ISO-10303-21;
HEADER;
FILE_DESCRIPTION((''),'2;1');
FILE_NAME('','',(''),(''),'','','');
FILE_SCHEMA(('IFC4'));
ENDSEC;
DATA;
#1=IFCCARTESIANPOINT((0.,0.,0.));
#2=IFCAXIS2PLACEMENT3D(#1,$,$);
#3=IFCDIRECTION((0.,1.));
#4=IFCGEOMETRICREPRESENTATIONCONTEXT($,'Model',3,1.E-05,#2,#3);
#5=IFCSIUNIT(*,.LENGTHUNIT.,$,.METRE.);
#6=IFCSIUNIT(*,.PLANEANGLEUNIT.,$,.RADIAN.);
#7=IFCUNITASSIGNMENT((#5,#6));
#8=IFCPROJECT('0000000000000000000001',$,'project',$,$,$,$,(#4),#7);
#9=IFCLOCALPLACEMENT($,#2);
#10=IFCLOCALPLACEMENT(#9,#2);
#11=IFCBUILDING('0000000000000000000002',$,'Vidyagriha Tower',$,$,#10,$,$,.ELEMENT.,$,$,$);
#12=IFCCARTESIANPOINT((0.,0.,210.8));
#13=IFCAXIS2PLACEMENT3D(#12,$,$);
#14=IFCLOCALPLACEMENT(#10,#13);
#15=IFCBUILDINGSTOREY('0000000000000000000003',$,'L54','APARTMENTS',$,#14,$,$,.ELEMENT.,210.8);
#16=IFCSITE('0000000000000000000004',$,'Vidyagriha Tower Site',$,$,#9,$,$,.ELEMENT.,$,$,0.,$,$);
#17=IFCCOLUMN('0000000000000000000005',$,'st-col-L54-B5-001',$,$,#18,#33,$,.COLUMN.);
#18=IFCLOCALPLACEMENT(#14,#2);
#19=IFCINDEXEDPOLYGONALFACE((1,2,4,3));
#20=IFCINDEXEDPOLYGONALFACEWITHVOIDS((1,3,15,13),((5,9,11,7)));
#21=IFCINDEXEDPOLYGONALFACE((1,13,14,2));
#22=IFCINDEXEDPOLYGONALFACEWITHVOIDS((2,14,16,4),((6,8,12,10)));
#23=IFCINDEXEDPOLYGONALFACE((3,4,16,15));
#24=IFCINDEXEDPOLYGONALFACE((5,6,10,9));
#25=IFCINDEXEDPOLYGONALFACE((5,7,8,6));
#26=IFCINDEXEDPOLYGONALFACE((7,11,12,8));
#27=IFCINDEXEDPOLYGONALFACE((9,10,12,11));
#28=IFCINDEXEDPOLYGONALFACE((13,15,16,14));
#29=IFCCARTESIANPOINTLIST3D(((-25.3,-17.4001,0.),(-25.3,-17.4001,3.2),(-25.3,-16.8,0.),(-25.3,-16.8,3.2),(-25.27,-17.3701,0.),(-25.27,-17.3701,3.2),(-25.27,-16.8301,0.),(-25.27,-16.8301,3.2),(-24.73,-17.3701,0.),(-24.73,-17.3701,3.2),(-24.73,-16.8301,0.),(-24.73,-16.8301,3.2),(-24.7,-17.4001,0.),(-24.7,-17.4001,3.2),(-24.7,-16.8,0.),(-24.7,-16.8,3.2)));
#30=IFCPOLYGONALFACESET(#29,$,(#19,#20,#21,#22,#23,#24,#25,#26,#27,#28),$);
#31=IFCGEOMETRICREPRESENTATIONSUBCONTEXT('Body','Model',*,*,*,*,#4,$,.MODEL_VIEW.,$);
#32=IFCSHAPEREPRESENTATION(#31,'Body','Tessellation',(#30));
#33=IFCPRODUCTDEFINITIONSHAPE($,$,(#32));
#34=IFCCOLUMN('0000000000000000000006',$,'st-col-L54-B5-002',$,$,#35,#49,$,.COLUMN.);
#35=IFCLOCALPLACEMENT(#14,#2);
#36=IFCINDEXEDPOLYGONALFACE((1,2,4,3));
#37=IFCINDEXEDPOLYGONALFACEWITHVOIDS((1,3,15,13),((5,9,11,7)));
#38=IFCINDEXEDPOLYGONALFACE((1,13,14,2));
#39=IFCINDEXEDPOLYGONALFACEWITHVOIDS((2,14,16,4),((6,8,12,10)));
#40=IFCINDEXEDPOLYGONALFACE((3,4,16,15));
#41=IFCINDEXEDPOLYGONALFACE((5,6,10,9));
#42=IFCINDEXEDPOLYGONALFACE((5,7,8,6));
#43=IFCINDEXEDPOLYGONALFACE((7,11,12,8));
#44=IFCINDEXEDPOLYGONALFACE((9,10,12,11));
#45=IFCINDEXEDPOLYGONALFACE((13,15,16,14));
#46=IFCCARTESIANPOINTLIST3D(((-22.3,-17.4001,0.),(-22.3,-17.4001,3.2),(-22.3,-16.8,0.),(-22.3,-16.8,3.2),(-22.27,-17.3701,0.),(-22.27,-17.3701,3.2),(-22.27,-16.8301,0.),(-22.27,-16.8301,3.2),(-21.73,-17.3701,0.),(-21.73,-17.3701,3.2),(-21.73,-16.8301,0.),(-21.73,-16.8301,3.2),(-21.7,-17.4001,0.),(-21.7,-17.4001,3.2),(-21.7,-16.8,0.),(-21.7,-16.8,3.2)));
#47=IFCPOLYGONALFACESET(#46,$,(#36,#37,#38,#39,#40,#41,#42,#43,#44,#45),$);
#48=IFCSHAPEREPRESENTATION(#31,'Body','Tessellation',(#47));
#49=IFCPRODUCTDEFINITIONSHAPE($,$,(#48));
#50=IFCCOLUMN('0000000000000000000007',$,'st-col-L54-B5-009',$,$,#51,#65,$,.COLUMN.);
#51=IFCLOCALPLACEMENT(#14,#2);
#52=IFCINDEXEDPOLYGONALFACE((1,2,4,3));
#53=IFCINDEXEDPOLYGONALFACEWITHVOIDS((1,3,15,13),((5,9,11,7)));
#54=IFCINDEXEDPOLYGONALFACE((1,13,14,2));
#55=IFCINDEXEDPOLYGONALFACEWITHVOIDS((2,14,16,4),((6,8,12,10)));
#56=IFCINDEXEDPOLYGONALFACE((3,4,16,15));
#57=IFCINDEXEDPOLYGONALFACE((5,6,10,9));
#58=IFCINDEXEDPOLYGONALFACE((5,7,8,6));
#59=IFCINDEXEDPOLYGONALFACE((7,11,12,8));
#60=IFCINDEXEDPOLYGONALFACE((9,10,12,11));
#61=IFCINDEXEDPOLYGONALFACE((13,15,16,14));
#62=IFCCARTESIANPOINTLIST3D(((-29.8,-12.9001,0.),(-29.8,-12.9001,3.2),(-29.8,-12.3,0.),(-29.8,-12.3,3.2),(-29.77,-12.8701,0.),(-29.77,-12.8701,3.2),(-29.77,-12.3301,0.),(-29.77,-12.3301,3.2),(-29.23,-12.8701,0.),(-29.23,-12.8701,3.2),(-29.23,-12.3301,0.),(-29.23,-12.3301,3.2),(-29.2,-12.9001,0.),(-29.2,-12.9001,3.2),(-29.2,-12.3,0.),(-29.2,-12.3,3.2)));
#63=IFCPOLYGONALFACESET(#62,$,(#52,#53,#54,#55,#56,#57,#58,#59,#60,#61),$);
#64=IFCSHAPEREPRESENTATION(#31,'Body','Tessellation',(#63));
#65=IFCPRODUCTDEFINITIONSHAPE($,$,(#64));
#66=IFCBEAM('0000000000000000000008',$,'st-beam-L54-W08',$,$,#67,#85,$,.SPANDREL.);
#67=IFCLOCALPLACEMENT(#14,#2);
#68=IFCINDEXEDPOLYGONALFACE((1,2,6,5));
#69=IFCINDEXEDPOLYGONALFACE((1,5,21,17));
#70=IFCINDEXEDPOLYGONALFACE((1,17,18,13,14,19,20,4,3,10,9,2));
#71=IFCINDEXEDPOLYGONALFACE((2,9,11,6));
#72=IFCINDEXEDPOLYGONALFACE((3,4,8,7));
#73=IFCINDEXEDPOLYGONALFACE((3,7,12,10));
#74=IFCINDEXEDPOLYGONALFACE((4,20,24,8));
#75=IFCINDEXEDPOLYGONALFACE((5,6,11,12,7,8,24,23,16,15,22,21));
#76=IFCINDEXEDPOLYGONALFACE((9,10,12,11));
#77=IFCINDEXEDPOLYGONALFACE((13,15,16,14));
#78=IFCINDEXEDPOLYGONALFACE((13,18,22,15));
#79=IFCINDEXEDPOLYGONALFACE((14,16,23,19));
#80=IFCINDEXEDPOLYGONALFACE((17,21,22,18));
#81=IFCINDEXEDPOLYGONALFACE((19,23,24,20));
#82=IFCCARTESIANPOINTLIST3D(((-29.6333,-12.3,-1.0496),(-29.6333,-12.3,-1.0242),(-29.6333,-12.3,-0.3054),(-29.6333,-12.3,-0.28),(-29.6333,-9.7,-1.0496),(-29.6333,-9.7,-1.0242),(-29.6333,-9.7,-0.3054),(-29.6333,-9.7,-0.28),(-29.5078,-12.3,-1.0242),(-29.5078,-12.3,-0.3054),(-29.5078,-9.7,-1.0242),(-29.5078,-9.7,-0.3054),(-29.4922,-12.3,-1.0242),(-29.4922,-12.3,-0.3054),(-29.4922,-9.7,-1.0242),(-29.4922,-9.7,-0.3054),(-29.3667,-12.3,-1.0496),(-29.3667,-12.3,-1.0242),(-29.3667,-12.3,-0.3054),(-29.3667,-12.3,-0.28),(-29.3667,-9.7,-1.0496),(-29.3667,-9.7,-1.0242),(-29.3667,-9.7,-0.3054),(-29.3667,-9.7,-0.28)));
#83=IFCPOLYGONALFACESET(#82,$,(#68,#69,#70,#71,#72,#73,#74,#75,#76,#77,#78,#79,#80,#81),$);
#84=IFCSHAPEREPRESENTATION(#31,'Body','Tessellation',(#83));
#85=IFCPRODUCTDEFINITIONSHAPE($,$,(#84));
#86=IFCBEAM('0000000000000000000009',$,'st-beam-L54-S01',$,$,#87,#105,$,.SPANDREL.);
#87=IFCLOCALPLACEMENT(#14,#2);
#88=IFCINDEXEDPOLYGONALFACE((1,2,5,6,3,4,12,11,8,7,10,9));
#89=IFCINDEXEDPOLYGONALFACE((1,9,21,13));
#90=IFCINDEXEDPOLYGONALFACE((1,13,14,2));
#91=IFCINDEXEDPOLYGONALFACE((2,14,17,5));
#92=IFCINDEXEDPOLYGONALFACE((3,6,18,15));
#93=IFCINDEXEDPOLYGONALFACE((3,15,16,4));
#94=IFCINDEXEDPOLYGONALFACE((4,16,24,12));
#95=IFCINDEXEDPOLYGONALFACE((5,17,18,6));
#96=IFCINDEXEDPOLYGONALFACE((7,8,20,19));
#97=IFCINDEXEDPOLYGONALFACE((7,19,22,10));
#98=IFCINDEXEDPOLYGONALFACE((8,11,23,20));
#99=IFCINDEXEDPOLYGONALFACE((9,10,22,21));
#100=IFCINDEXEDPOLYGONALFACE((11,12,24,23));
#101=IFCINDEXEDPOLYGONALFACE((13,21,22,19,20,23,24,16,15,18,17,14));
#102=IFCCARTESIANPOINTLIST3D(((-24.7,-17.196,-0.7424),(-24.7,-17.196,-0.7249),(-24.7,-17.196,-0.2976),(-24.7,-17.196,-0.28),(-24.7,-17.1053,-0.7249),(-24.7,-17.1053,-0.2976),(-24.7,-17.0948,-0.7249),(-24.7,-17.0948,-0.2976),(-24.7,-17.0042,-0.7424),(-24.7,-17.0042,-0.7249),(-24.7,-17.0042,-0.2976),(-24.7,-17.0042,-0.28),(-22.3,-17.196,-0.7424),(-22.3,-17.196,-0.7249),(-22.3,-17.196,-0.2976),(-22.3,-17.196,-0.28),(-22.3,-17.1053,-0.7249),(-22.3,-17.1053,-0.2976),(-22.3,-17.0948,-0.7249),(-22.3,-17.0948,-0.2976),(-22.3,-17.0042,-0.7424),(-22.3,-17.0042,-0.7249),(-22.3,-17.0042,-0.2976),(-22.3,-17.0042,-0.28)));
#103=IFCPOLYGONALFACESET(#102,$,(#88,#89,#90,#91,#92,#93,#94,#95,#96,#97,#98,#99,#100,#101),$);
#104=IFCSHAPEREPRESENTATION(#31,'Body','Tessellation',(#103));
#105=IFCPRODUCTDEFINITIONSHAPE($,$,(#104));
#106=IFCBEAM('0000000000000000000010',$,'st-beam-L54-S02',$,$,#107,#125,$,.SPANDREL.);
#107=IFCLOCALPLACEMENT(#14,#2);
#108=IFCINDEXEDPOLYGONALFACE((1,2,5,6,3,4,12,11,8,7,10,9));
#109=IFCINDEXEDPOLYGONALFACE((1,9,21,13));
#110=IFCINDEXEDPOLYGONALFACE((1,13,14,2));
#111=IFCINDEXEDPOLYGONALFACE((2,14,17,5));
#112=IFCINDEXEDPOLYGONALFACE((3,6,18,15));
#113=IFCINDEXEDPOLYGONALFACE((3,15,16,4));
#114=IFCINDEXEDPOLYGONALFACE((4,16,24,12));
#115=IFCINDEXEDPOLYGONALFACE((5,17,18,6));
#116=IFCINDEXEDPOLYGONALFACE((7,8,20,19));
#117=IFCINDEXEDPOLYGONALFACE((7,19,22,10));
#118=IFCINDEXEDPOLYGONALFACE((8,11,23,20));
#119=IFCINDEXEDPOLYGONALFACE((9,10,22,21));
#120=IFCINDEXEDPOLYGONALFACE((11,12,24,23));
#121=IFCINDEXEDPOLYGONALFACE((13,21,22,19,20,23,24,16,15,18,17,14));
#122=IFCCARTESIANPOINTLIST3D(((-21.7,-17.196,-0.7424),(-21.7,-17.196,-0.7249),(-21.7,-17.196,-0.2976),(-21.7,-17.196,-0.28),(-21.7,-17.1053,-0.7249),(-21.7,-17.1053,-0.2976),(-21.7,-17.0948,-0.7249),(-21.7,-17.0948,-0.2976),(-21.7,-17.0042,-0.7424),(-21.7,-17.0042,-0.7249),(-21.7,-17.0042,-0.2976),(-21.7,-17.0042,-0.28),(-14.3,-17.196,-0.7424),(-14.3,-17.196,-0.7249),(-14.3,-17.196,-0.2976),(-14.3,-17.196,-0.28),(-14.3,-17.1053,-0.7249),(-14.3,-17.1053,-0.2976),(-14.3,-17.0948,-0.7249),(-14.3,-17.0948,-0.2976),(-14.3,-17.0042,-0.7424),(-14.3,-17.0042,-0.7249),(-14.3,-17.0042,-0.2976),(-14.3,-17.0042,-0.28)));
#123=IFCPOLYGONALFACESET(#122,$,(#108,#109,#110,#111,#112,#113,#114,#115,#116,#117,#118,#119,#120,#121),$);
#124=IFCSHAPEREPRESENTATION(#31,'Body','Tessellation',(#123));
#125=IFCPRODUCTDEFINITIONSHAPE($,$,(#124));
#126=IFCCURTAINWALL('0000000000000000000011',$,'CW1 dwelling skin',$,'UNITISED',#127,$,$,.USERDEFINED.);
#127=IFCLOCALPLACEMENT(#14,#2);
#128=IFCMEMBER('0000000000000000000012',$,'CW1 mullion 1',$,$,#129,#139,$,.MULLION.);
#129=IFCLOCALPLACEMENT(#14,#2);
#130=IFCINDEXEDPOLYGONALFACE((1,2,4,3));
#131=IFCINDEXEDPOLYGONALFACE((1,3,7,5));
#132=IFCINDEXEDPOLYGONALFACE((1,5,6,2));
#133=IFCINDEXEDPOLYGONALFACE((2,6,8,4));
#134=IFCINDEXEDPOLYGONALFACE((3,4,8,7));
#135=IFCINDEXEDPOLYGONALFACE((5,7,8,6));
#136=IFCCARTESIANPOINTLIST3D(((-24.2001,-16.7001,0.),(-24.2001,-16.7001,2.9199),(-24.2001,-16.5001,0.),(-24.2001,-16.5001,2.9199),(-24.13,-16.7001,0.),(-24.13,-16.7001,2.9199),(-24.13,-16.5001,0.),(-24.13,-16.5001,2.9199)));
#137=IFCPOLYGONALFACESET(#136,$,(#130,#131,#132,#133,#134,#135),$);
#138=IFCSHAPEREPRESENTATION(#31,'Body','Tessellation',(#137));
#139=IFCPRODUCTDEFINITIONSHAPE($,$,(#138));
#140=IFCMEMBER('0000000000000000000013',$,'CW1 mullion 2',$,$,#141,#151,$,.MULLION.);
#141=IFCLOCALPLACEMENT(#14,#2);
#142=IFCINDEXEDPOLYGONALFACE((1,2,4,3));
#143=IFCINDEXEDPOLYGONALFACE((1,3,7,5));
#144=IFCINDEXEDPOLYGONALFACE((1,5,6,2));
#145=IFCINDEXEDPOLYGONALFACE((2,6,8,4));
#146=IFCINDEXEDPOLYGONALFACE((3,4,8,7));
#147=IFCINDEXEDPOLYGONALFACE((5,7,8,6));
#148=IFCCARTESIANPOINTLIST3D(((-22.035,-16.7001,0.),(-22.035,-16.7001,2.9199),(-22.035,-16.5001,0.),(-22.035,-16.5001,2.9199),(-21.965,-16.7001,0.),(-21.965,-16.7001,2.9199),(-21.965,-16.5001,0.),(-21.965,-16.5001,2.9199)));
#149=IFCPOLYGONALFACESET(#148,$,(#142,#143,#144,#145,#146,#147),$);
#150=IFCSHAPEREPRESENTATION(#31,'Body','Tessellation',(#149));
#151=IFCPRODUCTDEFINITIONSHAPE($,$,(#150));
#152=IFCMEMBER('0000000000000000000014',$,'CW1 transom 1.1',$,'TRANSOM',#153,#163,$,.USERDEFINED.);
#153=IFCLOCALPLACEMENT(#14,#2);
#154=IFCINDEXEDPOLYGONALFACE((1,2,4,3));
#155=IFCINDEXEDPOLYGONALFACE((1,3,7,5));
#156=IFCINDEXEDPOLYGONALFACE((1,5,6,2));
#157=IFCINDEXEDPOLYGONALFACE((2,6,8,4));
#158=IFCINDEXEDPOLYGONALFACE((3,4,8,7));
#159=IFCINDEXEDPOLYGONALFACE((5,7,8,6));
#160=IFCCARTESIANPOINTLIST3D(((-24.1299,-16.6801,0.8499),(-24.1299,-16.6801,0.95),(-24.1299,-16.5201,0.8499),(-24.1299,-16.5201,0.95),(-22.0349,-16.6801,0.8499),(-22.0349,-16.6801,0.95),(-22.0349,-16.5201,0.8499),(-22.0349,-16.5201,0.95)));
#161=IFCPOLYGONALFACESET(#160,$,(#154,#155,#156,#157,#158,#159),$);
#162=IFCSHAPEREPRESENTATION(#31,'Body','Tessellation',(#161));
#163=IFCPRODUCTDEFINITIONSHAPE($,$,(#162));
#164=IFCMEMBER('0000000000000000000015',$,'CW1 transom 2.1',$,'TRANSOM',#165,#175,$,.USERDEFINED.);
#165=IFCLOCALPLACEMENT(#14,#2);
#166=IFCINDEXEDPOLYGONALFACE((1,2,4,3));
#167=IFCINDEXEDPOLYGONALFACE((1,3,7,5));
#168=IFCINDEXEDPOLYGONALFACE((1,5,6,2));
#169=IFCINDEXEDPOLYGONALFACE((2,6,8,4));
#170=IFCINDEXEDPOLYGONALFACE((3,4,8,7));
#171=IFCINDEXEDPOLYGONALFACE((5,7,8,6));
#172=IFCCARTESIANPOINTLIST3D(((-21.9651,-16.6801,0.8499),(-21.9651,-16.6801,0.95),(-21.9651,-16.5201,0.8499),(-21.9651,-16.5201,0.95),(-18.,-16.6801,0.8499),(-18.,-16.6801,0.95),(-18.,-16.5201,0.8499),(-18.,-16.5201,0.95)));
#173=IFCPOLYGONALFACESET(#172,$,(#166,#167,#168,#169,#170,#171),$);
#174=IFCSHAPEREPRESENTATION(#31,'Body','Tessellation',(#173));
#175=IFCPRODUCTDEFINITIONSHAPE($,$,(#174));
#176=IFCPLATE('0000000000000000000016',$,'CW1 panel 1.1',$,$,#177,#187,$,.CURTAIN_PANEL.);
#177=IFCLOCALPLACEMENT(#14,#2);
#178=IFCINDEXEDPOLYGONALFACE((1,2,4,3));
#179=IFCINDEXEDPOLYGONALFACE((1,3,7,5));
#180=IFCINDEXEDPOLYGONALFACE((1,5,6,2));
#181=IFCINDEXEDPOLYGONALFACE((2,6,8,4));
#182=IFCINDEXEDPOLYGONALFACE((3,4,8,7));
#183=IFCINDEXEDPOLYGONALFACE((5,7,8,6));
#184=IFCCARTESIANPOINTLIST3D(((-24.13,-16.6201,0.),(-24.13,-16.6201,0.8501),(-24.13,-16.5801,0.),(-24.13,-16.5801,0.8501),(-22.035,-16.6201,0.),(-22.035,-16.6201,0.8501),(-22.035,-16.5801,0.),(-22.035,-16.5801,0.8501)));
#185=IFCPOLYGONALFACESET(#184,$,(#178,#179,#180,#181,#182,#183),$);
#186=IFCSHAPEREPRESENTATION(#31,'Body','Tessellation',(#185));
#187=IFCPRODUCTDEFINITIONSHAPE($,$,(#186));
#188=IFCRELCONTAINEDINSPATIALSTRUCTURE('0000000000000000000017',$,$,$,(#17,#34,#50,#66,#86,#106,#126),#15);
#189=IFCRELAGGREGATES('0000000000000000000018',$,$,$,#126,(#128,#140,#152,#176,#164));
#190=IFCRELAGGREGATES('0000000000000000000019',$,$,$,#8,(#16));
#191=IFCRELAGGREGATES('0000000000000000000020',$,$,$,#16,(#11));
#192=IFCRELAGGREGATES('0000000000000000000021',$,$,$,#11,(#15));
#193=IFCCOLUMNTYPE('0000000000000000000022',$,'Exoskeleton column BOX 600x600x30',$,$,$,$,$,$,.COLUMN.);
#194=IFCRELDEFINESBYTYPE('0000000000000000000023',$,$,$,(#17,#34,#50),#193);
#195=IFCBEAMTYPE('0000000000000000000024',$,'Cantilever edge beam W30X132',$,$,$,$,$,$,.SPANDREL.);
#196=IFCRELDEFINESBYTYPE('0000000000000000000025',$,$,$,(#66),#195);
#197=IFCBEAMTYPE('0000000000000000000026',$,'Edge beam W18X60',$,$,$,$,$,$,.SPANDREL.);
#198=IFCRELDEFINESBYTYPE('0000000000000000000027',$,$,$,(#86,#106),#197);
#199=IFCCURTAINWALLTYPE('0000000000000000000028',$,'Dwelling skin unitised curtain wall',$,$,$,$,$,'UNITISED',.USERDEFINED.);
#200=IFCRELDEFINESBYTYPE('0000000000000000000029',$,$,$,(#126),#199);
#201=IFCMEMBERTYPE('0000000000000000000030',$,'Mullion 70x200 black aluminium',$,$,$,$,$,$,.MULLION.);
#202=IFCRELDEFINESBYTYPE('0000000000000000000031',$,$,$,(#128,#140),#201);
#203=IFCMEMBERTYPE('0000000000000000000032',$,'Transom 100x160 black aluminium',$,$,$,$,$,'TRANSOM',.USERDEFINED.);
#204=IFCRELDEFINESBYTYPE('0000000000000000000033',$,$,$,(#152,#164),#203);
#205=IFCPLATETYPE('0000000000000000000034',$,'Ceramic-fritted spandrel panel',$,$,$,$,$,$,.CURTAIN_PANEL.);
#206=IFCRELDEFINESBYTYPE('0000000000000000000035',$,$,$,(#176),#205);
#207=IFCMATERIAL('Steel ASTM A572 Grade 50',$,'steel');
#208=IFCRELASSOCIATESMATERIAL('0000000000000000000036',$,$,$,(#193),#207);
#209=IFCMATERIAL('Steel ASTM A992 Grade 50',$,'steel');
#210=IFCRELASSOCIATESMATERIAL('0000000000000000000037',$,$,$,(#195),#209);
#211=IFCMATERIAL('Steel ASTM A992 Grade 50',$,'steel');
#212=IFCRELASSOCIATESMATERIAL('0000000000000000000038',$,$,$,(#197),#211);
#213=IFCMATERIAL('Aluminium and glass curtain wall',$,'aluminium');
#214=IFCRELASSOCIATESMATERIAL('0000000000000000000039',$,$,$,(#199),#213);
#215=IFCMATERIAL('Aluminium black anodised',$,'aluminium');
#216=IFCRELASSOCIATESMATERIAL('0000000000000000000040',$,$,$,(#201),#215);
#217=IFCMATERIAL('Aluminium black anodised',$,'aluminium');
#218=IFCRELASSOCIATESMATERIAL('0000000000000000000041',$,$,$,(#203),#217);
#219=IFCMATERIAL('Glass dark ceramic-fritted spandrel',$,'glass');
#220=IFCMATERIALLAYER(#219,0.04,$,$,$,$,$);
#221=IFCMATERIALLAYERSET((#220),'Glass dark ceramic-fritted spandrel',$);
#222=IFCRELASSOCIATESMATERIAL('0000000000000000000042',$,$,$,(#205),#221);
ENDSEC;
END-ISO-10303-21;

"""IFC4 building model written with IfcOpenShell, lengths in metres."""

from ifc_helpers import new_model, si_unit, direction, frame, origin, origin_2d, place, context, subcontext, project, spatial, rectangle, hollow_rectangle, i_section, extrude, material, layer, layer_set, material_profile, profile_set, type_object, element, aggregate, save


model = new_model("IFC4")

# Units and contexts
model_context = context("Model", 3, precision=1e-05, world=origin(), true_north=direction((0.0, 1.0)))
body_context = subcontext(model_context, "Body", "Model", "MODEL_VIEW")
ifc_project = project(units=[si_unit("LENGTHUNIT", "METRE"), si_unit("PLANEANGLEUNIT", "RADIAN")], contexts=[model_context])

# Site, building, storey
site_placement = place(None, origin())
site = spatial("IfcSite", under=ifc_project, at=site_placement, Name="Vidyagriha Tower Site", CompositionType="ELEMENT", RefElevation=0.0)
building_placement = place(site_placement, origin())
building = spatial("IfcBuilding", under=site, at=building_placement, Name="Vidyagriha Tower", CompositionType="ELEMENT")
storey_placement = place(building_placement, frame((0.0, 0.0, 210.8)))
storey = spatial("IfcBuildingStorey", under=building, at=storey_placement, Name="L54", Description="APARTMENTS", CompositionType="ELEMENT", Elevation=210.8)

# Columns
ifc_material_1 = material(Name="Steel ASTM A572 Grade 50", Category="steel")
ifc_material_profile_1 = material_profile(ifc_material_1, hollow_rectangle(XDim=0.6001, YDim=0.6001, WallThickness=0.03, at=origin_2d()), Name="BOX 600x600x30")
ifc_profile_set_1 = profile_set([ifc_material_profile_1], Name="Steel ASTM A572 Grade 50")
column_type = type_object("IfcColumnType", Name="Exoskeleton column BOX 600x600x30", PredefinedType="COLUMN", material=ifc_profile_set_1)
for number, where, name in (
    (1, (-25.0, -17.1001, 0.0), "st-col-L54-B5-001"),
    (2, (-22.0, -17.1001, 0.0), "st-col-L54-B5-002"),
    (3, (-29.5, -12.6001, 0.0), "st-col-L54-B5-009"),
):
    element("IfcColumn", number, at=place(storey_placement, frame(where)), inside=storey, type_object=column_type, Name=name, PredefinedType="COLUMN", context=body_context, shape_type="SweptSolid", body=[
        extrude(hollow_rectangle(XDim=0.6001, YDim=0.6001, WallThickness=0.03, at=origin_2d()), origin(), (0.0, 0.0, 1.0), 3.2),
    ])

# Beams
ifc_material_2 = material(Name="Steel ASTM A992 Grade 50", Category="steel")
ifc_material_profile_2 = material_profile(ifc_material_2, i_section(OverallWidth=0.2666, OverallDepth=0.7695, WebThickness=0.0156, FlangeThickness=0.0254, at=origin_2d()), Name="W30X132")
ifc_profile_set_2 = profile_set([ifc_material_profile_2], Name="Steel ASTM A992 Grade 50")
beam_type_1 = type_object("IfcBeamType", Name="Cantilever edge beam W30X132", PredefinedType="SPANDREL", material=ifc_profile_set_2)
beam_1_placement = place(storey_placement, frame((-29.5, -12.3, -0.6648), z_axis=(0.0, 1.0, 0.0), x_axis=(-1.0, 0.0, 0.0)))
element("IfcBeam", 4, at=beam_1_placement, inside=storey, type_object=beam_type_1, Name="st-beam-L54-W08", PredefinedType="SPANDREL", context=body_context, shape_type="SweptSolid", body=[
    extrude(i_section(OverallWidth=0.2666, OverallDepth=0.7695, WebThickness=0.0156, FlangeThickness=0.0254, at=origin_2d()), origin(), (0.0, 0.0, 1.0), 2.6001),
])
ifc_material_3 = material(Name="Steel ASTM A992 Grade 50", Category="steel")
ifc_material_profile_3 = material_profile(ifc_material_3, i_section(OverallWidth=0.1919, OverallDepth=0.4624, WebThickness=0.0105, FlangeThickness=0.0176, at=origin_2d()), Name="W18X60")
ifc_profile_set_3 = profile_set([ifc_material_profile_3], Name="Steel ASTM A992 Grade 50")
beam_type_2 = type_object("IfcBeamType", Name="Edge beam W18X60", PredefinedType="SPANDREL", material=ifc_profile_set_3)
beam_2_placement = place(storey_placement, frame((-24.7, -17.1001, -0.5112), z_axis=(1.0, 0.0, 0.0), x_axis=(0.0, 1.0, 0.0)))
element("IfcBeam", 5, at=beam_2_placement, inside=storey, type_object=beam_type_2, Name="st-beam-L54-S01", PredefinedType="SPANDREL", context=body_context, shape_type="SweptSolid", body=[
    extrude(i_section(OverallWidth=0.1919, OverallDepth=0.4624, WebThickness=0.0105, FlangeThickness=0.0176, at=origin_2d()), origin(), (0.0, 0.0, 1.0), 2.3999),
])
beam_3_placement = place(storey_placement, frame((-21.7, -17.1001, -0.5112), z_axis=(1.0, 0.0, 0.0), x_axis=(0.0, 1.0, 0.0)))
element("IfcBeam", 6, at=beam_3_placement, inside=storey, type_object=beam_type_2, Name="st-beam-L54-S02", PredefinedType="SPANDREL", context=body_context, shape_type="SweptSolid", body=[
    extrude(i_section(OverallWidth=0.1919, OverallDepth=0.4624, WebThickness=0.0105, FlangeThickness=0.0176, at=origin_2d()), origin(), (0.0, 0.0, 1.0), 7.3999),
])

# Curtain wall, members, plate
ifc_material_4 = material(Name="Aluminium and glass curtain wall", Category="aluminium")
curtain_wall_type = type_object("IfcCurtainWallType", Name="Dwelling skin unitised curtain wall", ElementType="UNITISED", PredefinedType="USERDEFINED", material=ifc_material_4)
curtain_wall_placement = place(storey_placement, origin())
curtain_wall = element("IfcCurtainWall", 7, at=curtain_wall_placement, inside=storey, type_object=curtain_wall_type, Name="CW1 dwelling skin", ObjectType="UNITISED", PredefinedType="USERDEFINED")
ifc_material_5 = material(Name="Aluminium black anodised", Category="aluminium")
ifc_material_profile_4 = material_profile(ifc_material_5, rectangle(XDim=0.2, YDim=0.0701, at=origin_2d()), Name="Mullion 70x200 black aluminium")
ifc_profile_set_4 = profile_set([ifc_material_profile_4], Name="Aluminium black anodised")
member_type_1 = type_object("IfcMemberType", Name="Mullion 70x200 black aluminium", PredefinedType="MULLION", material=ifc_profile_set_4)
member_1_placement = place(storey_placement, frame((-24.165, -16.6001, 0.0), z_axis=(0.0, 0.0, 1.0), x_axis=(0.0, 1.0, 0.0)))
member_1 = element("IfcMember", 8, at=member_1_placement, type_object=member_type_1, Name="CW1 mullion 1", PredefinedType="MULLION", context=body_context, shape_type="SweptSolid", body=[
    extrude(rectangle(XDim=0.2, YDim=0.0701, at=origin_2d()), origin(), (0.0, 0.0, 1.0), 2.9199),
])
member_2_placement = place(storey_placement, frame((-22.0, -16.6001, 0.0), z_axis=(0.0, 0.0, 1.0), x_axis=(0.0, 1.0, 0.0)))
member_2 = element("IfcMember", 9, at=member_2_placement, type_object=member_type_1, Name="CW1 mullion 2", PredefinedType="MULLION", context=body_context, shape_type="SweptSolid", body=[
    extrude(rectangle(XDim=0.2, YDim=0.0701, at=origin_2d()), origin(), (0.0, 0.0, 1.0), 2.9199),
])
ifc_material_6 = material(Name="Aluminium black anodised", Category="aluminium")
ifc_material_profile_5 = material_profile(ifc_material_6, rectangle(XDim=0.1599, YDim=0.1001, at=origin_2d()), Name="Transom 100x160 black aluminium")
ifc_profile_set_5 = profile_set([ifc_material_profile_5], Name="Aluminium black anodised")
member_type_2 = type_object("IfcMemberType", Name="Transom 100x160 black aluminium", ElementType="TRANSOM", PredefinedType="USERDEFINED", material=ifc_profile_set_5)
member_3_placement = place(storey_placement, frame((-24.1299, -16.6001, 0.8999), z_axis=(1.0, 0.0, 0.0), x_axis=(0.0, 1.0, 0.0)))
member_3 = element("IfcMember", 10, at=member_3_placement, type_object=member_type_2, Name="CW1 transom 1.1", ObjectType="TRANSOM", PredefinedType="USERDEFINED", context=body_context, shape_type="SweptSolid", body=[
    extrude(rectangle(XDim=0.1599, YDim=0.1001, at=origin_2d()), origin(), (0.0, 0.0, 1.0), 2.095),
])
member_4_placement = place(storey_placement, frame((-21.9651, -16.6001, 0.8999), z_axis=(1.0, 0.0, 0.0), x_axis=(0.0, 1.0, 0.0)))
member_4 = element("IfcMember", 11, at=member_4_placement, type_object=member_type_2, Name="CW1 transom 2.1", ObjectType="TRANSOM", PredefinedType="USERDEFINED", context=body_context, shape_type="SweptSolid", body=[
    extrude(rectangle(XDim=0.1599, YDim=0.1001, at=origin_2d()), origin(), (0.0, 0.0, 1.0), 3.9651),
])
ifc_material_7 = material(Name="Glass dark ceramic-fritted spandrel", Category="glass")
ifc_layer_1 = layer(ifc_material_7, 0.04)
ifc_layer_set_1 = layer_set([ifc_layer_1], Name="Glass dark ceramic-fritted spandrel")
plate_type_1 = type_object("IfcPlateType", Name="Ceramic-fritted spandrel panel", PredefinedType="CURTAIN_PANEL", material=ifc_layer_set_1)
plate_1_placement = place(storey_placement, frame((-23.0825, -16.6001, 0.0)))
plate_1 = element("IfcPlate", 12, at=plate_1_placement, type_object=plate_type_1, Name="CW1 panel 1.1", PredefinedType="CURTAIN_PANEL", context=body_context, shape_type="SweptSolid", body=[
    extrude(rectangle(XDim=2.095, YDim=0.04, at=origin_2d()), origin(), (0.0, 0.0, 1.0), 0.8501),
])
aggregate(curtain_wall, [member_1, member_2, member_3, plate_1, member_4])

save(model, "model.ifc")
